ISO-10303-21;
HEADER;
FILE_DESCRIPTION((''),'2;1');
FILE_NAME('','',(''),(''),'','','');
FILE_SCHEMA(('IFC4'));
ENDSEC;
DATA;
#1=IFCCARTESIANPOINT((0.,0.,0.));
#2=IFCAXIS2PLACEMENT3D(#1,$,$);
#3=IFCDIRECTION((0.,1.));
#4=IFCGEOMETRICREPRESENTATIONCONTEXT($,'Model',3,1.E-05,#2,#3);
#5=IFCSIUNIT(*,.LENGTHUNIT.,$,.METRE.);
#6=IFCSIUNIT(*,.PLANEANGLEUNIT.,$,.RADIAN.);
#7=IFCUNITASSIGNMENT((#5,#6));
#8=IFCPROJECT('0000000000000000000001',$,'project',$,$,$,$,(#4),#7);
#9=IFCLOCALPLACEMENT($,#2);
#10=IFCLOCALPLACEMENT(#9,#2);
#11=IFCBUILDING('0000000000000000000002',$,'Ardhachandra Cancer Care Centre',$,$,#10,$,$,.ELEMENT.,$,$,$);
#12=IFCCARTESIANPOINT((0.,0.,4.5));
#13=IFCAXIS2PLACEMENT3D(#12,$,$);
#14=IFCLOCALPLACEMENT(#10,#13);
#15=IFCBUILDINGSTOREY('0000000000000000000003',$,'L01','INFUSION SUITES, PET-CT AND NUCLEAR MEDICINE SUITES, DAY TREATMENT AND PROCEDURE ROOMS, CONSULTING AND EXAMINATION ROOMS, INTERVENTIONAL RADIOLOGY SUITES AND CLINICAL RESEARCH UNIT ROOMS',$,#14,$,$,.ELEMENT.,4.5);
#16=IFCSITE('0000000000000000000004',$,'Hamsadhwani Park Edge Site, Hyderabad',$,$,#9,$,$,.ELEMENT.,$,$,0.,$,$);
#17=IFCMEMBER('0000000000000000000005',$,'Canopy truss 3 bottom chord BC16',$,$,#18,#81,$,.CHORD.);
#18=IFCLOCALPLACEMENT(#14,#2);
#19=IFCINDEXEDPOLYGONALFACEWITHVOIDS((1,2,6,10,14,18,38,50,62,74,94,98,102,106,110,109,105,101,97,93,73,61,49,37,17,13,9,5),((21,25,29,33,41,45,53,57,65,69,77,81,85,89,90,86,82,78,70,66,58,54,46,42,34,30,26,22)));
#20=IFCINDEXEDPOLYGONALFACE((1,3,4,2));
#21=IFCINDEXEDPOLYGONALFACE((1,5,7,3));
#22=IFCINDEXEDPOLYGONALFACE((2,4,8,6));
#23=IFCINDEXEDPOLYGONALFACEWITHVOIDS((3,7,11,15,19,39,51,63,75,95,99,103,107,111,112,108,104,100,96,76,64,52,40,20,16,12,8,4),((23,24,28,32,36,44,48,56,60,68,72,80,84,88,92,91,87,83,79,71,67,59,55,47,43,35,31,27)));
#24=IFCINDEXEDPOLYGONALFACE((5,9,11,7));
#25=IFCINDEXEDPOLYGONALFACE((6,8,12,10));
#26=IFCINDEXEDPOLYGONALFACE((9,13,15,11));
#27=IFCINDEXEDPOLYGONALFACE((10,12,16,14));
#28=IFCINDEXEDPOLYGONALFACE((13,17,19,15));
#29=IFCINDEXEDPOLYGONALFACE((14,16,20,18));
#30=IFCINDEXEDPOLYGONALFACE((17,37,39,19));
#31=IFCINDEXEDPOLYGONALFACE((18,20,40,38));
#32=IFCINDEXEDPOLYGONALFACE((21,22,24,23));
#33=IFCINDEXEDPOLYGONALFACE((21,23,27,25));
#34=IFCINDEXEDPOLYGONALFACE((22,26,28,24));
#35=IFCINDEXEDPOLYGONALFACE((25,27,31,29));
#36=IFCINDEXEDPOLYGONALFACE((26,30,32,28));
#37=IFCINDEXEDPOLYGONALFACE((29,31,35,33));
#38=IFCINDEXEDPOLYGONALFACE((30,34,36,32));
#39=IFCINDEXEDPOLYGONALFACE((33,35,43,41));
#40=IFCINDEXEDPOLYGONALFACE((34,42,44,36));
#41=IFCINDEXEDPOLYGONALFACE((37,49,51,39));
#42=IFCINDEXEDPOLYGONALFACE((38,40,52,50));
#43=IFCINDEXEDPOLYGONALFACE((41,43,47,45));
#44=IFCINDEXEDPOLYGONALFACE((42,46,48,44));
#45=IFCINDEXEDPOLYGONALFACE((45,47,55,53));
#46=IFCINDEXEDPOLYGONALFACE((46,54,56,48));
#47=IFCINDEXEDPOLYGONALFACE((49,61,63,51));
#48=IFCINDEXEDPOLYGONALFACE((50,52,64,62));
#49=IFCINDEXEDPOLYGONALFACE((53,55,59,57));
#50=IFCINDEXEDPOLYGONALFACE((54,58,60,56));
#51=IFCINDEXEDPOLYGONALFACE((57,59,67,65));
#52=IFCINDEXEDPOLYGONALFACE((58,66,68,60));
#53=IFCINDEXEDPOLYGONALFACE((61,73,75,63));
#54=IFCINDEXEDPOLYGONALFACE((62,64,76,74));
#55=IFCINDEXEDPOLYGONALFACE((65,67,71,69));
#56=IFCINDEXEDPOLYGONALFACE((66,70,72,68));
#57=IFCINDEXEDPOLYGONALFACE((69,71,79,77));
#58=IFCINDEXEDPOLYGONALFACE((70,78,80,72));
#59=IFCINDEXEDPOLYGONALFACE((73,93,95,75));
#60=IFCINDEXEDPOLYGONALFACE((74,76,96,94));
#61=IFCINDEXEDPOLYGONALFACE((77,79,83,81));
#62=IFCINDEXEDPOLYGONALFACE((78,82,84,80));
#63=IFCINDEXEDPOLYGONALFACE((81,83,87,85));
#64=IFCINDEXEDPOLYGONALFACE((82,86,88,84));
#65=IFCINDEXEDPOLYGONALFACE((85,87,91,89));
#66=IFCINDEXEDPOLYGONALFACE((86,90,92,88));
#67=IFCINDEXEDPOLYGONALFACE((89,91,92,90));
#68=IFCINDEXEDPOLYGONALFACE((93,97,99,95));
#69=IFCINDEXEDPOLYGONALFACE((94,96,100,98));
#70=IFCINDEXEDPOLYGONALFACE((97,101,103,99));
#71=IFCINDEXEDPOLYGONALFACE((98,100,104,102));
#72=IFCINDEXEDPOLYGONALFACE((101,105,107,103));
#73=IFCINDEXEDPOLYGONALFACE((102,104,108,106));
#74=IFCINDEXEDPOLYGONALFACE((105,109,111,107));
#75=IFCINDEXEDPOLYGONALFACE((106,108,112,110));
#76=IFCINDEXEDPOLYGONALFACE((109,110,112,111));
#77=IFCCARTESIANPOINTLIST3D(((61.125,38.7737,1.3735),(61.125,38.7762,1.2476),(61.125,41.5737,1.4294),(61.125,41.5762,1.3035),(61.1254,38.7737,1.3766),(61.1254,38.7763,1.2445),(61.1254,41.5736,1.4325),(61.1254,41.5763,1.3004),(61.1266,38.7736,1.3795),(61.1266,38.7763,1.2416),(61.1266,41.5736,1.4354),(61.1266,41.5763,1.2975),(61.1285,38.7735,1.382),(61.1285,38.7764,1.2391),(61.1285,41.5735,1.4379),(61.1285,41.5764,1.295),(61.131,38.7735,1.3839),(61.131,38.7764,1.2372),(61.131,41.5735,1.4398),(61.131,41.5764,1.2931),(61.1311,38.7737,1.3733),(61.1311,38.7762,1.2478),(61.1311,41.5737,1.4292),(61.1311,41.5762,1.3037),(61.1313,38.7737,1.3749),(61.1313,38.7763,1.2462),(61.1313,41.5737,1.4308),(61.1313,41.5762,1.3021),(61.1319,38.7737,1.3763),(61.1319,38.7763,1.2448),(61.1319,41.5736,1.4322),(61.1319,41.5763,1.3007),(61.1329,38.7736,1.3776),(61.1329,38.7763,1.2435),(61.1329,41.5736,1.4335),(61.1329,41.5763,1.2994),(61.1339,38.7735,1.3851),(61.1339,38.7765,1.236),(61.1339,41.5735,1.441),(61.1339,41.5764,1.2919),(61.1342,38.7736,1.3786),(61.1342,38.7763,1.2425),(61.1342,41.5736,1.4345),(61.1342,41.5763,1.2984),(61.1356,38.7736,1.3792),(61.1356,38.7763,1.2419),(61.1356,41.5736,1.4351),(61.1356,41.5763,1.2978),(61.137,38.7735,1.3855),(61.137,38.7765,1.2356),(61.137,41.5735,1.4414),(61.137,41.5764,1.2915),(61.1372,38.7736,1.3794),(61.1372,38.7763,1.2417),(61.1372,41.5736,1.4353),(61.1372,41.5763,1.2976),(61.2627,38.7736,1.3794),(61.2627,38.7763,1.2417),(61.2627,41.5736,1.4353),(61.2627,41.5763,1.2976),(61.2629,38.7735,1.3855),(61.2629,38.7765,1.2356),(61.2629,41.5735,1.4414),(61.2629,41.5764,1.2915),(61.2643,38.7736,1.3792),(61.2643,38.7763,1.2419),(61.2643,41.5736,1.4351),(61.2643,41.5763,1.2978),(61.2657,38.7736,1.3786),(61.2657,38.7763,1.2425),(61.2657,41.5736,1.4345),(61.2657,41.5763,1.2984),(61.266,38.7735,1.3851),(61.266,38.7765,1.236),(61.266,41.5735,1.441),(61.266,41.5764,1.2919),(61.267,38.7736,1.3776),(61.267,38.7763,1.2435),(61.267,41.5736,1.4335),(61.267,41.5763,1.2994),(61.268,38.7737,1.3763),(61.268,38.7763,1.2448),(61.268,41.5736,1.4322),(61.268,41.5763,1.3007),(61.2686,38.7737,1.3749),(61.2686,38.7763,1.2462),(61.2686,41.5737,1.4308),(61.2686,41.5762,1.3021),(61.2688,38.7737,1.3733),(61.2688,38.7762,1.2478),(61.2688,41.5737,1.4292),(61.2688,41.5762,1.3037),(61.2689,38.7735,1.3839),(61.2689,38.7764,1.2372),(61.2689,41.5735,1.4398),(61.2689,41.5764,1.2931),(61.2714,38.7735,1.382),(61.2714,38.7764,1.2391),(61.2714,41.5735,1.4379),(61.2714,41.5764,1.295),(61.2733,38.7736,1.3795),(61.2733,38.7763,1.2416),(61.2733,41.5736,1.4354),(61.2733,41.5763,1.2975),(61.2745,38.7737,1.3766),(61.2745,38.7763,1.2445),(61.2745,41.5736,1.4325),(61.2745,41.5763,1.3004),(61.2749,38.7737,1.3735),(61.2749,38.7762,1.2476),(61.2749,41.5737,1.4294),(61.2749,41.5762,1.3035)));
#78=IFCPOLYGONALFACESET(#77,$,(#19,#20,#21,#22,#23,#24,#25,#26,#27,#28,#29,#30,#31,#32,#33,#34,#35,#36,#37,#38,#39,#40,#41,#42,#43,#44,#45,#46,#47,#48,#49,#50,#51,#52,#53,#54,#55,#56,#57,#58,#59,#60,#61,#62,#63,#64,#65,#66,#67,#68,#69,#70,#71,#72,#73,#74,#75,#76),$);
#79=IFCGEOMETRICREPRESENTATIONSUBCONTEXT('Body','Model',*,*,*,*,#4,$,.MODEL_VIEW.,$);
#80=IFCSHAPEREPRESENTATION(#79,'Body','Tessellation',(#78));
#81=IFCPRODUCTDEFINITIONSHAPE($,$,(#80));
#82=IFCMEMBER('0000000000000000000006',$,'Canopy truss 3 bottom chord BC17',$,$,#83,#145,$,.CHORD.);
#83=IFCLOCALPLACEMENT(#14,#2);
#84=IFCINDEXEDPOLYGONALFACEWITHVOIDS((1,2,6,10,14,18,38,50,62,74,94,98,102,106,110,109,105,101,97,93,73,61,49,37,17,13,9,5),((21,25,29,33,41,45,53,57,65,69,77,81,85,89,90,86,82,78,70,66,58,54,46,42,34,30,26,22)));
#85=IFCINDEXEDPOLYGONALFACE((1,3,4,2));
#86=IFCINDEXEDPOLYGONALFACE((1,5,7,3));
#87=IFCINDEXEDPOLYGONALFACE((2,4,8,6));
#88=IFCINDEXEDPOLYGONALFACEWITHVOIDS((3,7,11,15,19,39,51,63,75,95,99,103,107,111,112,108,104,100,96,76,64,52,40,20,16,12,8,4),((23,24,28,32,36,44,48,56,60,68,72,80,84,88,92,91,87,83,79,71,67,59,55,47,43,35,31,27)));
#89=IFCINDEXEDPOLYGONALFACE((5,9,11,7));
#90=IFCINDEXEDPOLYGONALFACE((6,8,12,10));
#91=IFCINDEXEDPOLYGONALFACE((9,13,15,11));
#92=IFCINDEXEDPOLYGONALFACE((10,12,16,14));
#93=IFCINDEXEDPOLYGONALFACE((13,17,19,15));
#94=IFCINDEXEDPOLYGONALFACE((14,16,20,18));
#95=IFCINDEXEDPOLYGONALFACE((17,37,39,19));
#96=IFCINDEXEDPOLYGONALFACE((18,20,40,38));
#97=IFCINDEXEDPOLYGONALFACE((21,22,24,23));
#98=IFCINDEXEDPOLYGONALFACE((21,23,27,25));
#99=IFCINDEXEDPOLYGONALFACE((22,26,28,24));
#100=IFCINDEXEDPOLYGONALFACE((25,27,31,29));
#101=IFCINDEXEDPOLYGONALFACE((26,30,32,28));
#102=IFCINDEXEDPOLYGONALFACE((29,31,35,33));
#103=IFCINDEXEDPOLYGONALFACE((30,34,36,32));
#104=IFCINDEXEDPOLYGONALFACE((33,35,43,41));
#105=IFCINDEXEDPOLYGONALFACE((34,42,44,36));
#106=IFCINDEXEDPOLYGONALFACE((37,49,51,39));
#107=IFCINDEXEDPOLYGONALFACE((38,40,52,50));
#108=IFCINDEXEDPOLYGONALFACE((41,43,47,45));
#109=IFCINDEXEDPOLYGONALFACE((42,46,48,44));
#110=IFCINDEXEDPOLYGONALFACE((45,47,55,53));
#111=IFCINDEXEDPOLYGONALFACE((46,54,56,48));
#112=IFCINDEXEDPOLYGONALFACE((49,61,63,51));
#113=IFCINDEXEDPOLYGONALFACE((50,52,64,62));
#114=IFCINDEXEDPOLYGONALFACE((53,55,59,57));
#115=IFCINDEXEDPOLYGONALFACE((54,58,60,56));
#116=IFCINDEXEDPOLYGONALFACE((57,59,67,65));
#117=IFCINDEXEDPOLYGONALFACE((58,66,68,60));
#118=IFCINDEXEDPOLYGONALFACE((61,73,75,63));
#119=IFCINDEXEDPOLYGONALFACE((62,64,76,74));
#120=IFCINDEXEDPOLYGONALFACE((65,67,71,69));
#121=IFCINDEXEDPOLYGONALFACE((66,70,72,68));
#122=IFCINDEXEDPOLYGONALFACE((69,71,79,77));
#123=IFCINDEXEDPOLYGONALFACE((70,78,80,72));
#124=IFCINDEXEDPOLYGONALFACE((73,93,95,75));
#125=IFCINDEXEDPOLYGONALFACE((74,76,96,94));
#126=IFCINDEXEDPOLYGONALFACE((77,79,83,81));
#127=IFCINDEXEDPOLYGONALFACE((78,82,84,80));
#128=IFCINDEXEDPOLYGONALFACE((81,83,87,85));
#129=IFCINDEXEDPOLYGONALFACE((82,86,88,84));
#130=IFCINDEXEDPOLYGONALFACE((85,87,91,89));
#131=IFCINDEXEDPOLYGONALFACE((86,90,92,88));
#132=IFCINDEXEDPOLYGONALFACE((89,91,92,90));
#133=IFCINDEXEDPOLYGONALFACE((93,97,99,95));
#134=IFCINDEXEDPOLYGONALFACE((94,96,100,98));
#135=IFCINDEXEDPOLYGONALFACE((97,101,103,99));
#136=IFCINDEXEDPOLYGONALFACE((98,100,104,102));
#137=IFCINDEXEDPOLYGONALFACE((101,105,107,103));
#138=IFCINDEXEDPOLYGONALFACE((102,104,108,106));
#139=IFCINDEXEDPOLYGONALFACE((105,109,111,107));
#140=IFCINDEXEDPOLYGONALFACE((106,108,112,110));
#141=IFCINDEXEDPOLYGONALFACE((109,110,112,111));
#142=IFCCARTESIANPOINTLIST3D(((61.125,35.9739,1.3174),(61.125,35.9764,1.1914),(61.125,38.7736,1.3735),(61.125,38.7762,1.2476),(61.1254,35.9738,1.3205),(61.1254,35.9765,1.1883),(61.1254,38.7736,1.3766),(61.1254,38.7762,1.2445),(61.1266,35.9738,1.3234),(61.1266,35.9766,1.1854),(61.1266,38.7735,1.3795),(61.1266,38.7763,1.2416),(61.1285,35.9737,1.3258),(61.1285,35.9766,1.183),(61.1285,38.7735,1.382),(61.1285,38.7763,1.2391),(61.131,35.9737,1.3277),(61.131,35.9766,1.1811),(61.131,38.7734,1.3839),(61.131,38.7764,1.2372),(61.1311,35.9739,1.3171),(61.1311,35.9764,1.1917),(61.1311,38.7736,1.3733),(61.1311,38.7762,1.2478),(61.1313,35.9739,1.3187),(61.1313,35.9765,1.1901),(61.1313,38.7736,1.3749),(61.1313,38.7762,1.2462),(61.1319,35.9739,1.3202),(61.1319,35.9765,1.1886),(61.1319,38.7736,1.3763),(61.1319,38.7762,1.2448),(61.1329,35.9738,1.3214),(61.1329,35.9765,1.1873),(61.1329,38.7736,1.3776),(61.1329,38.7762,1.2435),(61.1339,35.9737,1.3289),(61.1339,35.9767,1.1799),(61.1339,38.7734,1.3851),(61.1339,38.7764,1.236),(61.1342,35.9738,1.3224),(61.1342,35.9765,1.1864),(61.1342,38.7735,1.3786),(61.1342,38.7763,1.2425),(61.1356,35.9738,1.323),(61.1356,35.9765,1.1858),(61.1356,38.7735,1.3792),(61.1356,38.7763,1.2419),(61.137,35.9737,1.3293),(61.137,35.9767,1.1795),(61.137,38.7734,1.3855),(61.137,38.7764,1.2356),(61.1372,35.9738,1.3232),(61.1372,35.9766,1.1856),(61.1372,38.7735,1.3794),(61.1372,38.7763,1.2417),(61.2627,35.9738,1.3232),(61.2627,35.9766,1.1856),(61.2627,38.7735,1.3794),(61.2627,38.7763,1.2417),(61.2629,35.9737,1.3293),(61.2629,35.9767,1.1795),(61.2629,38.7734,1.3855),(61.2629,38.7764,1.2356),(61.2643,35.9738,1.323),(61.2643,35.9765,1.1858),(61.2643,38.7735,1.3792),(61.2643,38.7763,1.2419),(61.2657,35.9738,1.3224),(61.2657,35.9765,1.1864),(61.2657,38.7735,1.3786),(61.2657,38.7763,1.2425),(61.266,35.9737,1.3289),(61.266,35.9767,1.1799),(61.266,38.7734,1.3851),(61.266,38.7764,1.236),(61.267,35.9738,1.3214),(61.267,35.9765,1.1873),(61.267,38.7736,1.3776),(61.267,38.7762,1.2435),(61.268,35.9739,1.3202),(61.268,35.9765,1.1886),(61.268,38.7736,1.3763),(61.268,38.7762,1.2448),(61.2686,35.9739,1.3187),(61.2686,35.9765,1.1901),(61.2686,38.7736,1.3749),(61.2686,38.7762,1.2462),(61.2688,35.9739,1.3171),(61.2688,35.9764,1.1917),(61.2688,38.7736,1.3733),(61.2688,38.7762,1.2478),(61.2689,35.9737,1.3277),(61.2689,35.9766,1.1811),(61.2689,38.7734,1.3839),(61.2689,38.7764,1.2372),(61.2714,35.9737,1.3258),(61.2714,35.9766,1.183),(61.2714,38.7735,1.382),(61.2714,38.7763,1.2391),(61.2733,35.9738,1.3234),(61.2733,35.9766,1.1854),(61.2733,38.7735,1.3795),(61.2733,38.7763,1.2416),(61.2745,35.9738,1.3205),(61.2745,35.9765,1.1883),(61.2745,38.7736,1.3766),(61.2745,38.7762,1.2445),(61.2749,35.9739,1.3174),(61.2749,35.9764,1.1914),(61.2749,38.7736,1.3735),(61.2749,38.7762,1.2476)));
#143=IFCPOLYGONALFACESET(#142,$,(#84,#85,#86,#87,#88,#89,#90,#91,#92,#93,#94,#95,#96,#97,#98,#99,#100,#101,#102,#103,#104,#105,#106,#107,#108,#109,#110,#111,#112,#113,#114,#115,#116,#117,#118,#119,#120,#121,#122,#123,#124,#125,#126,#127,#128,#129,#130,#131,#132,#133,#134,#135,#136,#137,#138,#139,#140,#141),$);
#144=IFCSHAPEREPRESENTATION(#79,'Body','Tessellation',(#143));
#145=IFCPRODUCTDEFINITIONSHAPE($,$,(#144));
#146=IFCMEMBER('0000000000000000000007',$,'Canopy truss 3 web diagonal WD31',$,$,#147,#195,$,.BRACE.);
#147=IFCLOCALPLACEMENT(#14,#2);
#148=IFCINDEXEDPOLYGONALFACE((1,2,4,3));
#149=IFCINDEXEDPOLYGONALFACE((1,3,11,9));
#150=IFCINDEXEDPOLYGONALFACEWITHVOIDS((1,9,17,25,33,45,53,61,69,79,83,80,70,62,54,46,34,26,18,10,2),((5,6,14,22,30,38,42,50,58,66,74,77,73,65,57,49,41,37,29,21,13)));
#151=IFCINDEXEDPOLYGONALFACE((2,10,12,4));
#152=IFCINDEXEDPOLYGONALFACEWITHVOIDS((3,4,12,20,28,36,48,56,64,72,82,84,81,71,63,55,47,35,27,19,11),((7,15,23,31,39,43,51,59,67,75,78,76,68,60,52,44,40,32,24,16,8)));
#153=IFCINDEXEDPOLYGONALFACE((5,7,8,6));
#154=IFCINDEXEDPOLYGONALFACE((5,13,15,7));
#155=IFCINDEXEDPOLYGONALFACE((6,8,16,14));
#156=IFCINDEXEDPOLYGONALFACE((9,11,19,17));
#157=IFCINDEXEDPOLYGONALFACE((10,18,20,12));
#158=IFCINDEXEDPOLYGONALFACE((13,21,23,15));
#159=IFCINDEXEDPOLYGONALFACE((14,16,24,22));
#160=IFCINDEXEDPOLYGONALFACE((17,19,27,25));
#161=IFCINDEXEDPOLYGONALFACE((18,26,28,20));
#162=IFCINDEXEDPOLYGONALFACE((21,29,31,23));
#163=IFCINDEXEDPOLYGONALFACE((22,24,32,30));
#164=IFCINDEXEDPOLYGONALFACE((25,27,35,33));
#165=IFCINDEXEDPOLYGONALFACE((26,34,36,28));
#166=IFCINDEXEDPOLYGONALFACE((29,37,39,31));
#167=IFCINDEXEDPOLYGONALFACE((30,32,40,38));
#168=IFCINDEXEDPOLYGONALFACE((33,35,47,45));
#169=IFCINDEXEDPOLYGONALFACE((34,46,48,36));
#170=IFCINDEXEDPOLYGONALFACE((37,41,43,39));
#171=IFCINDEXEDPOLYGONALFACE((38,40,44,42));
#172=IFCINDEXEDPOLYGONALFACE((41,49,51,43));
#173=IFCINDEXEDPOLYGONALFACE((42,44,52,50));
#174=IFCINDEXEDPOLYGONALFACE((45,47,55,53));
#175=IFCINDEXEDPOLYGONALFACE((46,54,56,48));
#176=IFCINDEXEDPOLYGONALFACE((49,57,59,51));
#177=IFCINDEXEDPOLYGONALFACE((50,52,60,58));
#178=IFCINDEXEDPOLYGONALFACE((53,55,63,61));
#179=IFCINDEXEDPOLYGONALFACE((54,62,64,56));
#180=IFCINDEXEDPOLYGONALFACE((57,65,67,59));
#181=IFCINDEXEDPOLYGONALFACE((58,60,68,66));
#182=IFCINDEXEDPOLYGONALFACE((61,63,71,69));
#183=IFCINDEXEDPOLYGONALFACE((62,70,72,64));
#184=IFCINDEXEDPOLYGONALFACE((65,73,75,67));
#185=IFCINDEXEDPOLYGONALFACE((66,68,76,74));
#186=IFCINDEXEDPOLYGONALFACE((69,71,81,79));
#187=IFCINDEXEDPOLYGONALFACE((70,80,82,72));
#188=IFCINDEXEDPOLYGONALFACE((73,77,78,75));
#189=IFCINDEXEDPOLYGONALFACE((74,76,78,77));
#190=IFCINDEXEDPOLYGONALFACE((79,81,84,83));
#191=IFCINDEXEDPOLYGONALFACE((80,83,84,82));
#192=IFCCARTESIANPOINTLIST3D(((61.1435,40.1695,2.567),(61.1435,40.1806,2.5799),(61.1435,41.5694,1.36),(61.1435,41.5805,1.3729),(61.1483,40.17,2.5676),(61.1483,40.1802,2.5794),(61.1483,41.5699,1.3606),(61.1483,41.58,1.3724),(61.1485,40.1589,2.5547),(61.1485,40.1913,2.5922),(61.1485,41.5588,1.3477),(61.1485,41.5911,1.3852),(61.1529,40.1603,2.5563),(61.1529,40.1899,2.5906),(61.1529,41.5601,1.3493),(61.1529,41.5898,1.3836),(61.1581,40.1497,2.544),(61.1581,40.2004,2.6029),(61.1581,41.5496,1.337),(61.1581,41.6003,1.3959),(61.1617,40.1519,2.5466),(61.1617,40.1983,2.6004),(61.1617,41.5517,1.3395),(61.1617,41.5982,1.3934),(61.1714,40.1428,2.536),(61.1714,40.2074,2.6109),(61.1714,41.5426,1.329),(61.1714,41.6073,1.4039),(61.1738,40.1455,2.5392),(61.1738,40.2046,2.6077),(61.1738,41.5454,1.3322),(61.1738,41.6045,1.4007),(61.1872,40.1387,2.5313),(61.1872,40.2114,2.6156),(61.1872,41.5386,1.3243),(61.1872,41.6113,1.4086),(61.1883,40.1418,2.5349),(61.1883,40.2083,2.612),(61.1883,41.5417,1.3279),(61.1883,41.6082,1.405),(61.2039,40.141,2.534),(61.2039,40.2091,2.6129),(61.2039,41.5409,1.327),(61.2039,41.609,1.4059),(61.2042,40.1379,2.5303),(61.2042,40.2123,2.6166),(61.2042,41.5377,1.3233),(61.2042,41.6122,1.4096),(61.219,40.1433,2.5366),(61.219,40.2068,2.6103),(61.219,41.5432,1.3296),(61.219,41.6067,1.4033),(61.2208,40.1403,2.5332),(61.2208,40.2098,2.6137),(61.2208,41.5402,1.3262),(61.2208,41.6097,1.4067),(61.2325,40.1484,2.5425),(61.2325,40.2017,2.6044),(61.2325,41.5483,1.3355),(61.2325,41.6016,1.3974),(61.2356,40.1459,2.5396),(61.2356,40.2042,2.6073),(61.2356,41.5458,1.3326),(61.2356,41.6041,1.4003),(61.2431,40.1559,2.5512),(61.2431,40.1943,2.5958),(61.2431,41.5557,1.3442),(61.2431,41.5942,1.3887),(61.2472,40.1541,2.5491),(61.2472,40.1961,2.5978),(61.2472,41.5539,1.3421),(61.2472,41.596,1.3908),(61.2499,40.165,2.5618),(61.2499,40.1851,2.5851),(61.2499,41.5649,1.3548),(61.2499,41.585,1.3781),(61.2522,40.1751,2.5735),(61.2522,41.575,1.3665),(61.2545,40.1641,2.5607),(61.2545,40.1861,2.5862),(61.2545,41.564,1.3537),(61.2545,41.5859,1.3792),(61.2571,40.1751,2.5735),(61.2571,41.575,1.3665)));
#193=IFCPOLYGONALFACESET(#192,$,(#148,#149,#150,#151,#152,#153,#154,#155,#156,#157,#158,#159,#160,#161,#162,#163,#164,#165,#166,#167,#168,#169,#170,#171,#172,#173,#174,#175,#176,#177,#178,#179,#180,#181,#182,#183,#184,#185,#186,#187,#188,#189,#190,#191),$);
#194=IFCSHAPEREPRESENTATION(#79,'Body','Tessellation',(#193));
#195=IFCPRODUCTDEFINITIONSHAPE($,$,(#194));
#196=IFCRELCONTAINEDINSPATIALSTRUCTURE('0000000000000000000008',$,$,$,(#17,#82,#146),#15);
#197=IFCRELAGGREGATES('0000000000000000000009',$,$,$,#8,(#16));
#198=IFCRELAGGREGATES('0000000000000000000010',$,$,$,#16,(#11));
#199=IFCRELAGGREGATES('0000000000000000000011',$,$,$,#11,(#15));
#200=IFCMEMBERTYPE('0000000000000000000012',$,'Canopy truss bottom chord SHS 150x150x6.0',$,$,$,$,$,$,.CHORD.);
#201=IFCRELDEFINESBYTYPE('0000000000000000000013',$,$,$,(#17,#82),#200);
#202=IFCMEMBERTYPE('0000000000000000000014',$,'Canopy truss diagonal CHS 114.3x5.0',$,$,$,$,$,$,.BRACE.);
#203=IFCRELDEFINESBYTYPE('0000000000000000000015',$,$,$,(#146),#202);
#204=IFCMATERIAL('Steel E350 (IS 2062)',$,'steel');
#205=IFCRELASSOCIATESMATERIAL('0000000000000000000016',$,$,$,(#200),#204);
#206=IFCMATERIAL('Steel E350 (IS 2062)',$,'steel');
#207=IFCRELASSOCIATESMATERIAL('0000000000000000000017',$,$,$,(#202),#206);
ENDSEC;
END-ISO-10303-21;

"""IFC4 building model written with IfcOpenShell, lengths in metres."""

from ifc_helpers import new_model, si_unit, direction, frame, origin, origin_2d, place, context, subcontext, project, spatial, hollow_rectangle, hollow_circle, extrude, material, material_profile, profile_set, type_object, element, save


model = new_model("IFC4")

# Units and contexts
model_context = context("Model", 3, precision=1e-05, world=origin(), true_north=direction((0.0, 1.0)))
body_context = subcontext(model_context, "Body", "Model", "MODEL_VIEW")
ifc_project = project(units=[si_unit("LENGTHUNIT", "METRE"), si_unit("PLANEANGLEUNIT", "RADIAN")], contexts=[model_context])

# Site, building, storey
site_placement = place(None, origin())
site = spatial("IfcSite", under=ifc_project, at=site_placement, Name="Hamsadhwani Park Edge Site, Hyderabad", CompositionType="ELEMENT", RefElevation=0.0)
building_placement = place(site_placement, origin())
building = spatial("IfcBuilding", under=site, at=building_placement, Name="Ardhachandra Cancer Care Centre", CompositionType="ELEMENT")
storey_placement = place(building_placement, frame((0.0, 0.0, 4.5)))
storey = spatial("IfcBuildingStorey", under=building, at=storey_placement, Name="L01", Description="INFUSION SUITES, PET-CT AND NUCLEAR MEDICINE SUITES, DAY TREATMENT AND PROCEDURE ROOMS, CONSULTING AND EXAMINATION ROOMS, INTERVENTIONAL RADIOLOGY SUITES AND CLINICAL RESEARCH UNIT ROOMS", CompositionType="ELEMENT", Elevation=4.5)

# Members
ifc_material_1 = material(Name="Steel E350 (IS 2062)", Category="steel")
ifc_material_profile_1 = material_profile(ifc_material_1, hollow_rectangle(XDim=0.1499, YDim=0.1499, WallThickness=0.0061, InnerFilletRadius=0.0061, OuterFilletRadius=0.012, at=origin_2d()), Name="SHS 150x150x6.0")
ifc_profile_set_1 = profile_set([ifc_material_profile_1], Name="Steel E350 (IS 2062)")
member_type_1 = type_object("IfcMemberType", Name="Canopy truss bottom chord SHS 150x150x6.0", PredefinedType="CHORD", material=ifc_profile_set_1)
member_1_placement = place(storey_placement, frame((61.2, 41.575, 1.3665), z_axis=(0.0, -0.999801, -0.019963), x_axis=(1.0, 0.0, 0.0)))
element("IfcMember", 1, at=member_1_placement, inside=storey, type_object=member_type_1, Name="Canopy truss 3 bottom chord BC16", PredefinedType="CHORD", context=body_context, shape_type="SweptSolid", body=[
    extrude(hollow_rectangle(XDim=0.1499, YDim=0.1499, WallThickness=0.0061, InnerFilletRadius=0.0061, OuterFilletRadius=0.012, at=origin_2d()), origin(), (0.0, 0.0, 1.0), 2.8005),
])
member_2_placement = place(storey_placement, frame((61.2, 38.7749, 1.3105), z_axis=(0.0, -0.999799, -0.020052), x_axis=(1.0, 0.0, 0.0)))
element("IfcMember", 2, at=member_2_placement, inside=storey, type_object=member_type_1, Name="Canopy truss 3 bottom chord BC17", PredefinedType="CHORD", context=body_context, shape_type="SweptSolid", body=[
    extrude(hollow_rectangle(XDim=0.1499, YDim=0.1499, WallThickness=0.0061, InnerFilletRadius=0.0061, OuterFilletRadius=0.012, at=origin_2d()), origin(), (0.0, 0.0, 1.0), 2.8003),
])
ifc_material_2 = material(Name="Steel E350 (IS 2062)", Category="steel")
ifc_material_profile_2 = material_profile(ifc_material_2, hollow_circle(Radius=0.0571, WallThickness=0.0049, at=origin_2d()), Name="CHS 114.3x5.0")
ifc_profile_set_2 = profile_set([ifc_material_profile_2], Name="Steel E350 (IS 2062)")
member_type_2 = type_object("IfcMemberType", Name="Canopy truss diagonal CHS 114.3x5.0", PredefinedType="BRACE", material=ifc_profile_set_2)
member_3_placement = place(storey_placement, frame((61.2, 41.575, 1.3665), z_axis=(0.0, -0.757351, 0.653008), x_axis=(1.0, 0.0, 0.0)))
element("IfcMember", 3, at=member_3_placement, inside=storey, type_object=member_type_2, Name="Canopy truss 3 web diagonal WD31", PredefinedType="BRACE", context=body_context, shape_type="SweptSolid", body=[
    extrude(hollow_circle(Radius=0.0571, WallThickness=0.0049, at=origin_2d()), origin(), (0.0, 0.0, 1.0), 1.8484),
])

save(model, "model.ifc")
